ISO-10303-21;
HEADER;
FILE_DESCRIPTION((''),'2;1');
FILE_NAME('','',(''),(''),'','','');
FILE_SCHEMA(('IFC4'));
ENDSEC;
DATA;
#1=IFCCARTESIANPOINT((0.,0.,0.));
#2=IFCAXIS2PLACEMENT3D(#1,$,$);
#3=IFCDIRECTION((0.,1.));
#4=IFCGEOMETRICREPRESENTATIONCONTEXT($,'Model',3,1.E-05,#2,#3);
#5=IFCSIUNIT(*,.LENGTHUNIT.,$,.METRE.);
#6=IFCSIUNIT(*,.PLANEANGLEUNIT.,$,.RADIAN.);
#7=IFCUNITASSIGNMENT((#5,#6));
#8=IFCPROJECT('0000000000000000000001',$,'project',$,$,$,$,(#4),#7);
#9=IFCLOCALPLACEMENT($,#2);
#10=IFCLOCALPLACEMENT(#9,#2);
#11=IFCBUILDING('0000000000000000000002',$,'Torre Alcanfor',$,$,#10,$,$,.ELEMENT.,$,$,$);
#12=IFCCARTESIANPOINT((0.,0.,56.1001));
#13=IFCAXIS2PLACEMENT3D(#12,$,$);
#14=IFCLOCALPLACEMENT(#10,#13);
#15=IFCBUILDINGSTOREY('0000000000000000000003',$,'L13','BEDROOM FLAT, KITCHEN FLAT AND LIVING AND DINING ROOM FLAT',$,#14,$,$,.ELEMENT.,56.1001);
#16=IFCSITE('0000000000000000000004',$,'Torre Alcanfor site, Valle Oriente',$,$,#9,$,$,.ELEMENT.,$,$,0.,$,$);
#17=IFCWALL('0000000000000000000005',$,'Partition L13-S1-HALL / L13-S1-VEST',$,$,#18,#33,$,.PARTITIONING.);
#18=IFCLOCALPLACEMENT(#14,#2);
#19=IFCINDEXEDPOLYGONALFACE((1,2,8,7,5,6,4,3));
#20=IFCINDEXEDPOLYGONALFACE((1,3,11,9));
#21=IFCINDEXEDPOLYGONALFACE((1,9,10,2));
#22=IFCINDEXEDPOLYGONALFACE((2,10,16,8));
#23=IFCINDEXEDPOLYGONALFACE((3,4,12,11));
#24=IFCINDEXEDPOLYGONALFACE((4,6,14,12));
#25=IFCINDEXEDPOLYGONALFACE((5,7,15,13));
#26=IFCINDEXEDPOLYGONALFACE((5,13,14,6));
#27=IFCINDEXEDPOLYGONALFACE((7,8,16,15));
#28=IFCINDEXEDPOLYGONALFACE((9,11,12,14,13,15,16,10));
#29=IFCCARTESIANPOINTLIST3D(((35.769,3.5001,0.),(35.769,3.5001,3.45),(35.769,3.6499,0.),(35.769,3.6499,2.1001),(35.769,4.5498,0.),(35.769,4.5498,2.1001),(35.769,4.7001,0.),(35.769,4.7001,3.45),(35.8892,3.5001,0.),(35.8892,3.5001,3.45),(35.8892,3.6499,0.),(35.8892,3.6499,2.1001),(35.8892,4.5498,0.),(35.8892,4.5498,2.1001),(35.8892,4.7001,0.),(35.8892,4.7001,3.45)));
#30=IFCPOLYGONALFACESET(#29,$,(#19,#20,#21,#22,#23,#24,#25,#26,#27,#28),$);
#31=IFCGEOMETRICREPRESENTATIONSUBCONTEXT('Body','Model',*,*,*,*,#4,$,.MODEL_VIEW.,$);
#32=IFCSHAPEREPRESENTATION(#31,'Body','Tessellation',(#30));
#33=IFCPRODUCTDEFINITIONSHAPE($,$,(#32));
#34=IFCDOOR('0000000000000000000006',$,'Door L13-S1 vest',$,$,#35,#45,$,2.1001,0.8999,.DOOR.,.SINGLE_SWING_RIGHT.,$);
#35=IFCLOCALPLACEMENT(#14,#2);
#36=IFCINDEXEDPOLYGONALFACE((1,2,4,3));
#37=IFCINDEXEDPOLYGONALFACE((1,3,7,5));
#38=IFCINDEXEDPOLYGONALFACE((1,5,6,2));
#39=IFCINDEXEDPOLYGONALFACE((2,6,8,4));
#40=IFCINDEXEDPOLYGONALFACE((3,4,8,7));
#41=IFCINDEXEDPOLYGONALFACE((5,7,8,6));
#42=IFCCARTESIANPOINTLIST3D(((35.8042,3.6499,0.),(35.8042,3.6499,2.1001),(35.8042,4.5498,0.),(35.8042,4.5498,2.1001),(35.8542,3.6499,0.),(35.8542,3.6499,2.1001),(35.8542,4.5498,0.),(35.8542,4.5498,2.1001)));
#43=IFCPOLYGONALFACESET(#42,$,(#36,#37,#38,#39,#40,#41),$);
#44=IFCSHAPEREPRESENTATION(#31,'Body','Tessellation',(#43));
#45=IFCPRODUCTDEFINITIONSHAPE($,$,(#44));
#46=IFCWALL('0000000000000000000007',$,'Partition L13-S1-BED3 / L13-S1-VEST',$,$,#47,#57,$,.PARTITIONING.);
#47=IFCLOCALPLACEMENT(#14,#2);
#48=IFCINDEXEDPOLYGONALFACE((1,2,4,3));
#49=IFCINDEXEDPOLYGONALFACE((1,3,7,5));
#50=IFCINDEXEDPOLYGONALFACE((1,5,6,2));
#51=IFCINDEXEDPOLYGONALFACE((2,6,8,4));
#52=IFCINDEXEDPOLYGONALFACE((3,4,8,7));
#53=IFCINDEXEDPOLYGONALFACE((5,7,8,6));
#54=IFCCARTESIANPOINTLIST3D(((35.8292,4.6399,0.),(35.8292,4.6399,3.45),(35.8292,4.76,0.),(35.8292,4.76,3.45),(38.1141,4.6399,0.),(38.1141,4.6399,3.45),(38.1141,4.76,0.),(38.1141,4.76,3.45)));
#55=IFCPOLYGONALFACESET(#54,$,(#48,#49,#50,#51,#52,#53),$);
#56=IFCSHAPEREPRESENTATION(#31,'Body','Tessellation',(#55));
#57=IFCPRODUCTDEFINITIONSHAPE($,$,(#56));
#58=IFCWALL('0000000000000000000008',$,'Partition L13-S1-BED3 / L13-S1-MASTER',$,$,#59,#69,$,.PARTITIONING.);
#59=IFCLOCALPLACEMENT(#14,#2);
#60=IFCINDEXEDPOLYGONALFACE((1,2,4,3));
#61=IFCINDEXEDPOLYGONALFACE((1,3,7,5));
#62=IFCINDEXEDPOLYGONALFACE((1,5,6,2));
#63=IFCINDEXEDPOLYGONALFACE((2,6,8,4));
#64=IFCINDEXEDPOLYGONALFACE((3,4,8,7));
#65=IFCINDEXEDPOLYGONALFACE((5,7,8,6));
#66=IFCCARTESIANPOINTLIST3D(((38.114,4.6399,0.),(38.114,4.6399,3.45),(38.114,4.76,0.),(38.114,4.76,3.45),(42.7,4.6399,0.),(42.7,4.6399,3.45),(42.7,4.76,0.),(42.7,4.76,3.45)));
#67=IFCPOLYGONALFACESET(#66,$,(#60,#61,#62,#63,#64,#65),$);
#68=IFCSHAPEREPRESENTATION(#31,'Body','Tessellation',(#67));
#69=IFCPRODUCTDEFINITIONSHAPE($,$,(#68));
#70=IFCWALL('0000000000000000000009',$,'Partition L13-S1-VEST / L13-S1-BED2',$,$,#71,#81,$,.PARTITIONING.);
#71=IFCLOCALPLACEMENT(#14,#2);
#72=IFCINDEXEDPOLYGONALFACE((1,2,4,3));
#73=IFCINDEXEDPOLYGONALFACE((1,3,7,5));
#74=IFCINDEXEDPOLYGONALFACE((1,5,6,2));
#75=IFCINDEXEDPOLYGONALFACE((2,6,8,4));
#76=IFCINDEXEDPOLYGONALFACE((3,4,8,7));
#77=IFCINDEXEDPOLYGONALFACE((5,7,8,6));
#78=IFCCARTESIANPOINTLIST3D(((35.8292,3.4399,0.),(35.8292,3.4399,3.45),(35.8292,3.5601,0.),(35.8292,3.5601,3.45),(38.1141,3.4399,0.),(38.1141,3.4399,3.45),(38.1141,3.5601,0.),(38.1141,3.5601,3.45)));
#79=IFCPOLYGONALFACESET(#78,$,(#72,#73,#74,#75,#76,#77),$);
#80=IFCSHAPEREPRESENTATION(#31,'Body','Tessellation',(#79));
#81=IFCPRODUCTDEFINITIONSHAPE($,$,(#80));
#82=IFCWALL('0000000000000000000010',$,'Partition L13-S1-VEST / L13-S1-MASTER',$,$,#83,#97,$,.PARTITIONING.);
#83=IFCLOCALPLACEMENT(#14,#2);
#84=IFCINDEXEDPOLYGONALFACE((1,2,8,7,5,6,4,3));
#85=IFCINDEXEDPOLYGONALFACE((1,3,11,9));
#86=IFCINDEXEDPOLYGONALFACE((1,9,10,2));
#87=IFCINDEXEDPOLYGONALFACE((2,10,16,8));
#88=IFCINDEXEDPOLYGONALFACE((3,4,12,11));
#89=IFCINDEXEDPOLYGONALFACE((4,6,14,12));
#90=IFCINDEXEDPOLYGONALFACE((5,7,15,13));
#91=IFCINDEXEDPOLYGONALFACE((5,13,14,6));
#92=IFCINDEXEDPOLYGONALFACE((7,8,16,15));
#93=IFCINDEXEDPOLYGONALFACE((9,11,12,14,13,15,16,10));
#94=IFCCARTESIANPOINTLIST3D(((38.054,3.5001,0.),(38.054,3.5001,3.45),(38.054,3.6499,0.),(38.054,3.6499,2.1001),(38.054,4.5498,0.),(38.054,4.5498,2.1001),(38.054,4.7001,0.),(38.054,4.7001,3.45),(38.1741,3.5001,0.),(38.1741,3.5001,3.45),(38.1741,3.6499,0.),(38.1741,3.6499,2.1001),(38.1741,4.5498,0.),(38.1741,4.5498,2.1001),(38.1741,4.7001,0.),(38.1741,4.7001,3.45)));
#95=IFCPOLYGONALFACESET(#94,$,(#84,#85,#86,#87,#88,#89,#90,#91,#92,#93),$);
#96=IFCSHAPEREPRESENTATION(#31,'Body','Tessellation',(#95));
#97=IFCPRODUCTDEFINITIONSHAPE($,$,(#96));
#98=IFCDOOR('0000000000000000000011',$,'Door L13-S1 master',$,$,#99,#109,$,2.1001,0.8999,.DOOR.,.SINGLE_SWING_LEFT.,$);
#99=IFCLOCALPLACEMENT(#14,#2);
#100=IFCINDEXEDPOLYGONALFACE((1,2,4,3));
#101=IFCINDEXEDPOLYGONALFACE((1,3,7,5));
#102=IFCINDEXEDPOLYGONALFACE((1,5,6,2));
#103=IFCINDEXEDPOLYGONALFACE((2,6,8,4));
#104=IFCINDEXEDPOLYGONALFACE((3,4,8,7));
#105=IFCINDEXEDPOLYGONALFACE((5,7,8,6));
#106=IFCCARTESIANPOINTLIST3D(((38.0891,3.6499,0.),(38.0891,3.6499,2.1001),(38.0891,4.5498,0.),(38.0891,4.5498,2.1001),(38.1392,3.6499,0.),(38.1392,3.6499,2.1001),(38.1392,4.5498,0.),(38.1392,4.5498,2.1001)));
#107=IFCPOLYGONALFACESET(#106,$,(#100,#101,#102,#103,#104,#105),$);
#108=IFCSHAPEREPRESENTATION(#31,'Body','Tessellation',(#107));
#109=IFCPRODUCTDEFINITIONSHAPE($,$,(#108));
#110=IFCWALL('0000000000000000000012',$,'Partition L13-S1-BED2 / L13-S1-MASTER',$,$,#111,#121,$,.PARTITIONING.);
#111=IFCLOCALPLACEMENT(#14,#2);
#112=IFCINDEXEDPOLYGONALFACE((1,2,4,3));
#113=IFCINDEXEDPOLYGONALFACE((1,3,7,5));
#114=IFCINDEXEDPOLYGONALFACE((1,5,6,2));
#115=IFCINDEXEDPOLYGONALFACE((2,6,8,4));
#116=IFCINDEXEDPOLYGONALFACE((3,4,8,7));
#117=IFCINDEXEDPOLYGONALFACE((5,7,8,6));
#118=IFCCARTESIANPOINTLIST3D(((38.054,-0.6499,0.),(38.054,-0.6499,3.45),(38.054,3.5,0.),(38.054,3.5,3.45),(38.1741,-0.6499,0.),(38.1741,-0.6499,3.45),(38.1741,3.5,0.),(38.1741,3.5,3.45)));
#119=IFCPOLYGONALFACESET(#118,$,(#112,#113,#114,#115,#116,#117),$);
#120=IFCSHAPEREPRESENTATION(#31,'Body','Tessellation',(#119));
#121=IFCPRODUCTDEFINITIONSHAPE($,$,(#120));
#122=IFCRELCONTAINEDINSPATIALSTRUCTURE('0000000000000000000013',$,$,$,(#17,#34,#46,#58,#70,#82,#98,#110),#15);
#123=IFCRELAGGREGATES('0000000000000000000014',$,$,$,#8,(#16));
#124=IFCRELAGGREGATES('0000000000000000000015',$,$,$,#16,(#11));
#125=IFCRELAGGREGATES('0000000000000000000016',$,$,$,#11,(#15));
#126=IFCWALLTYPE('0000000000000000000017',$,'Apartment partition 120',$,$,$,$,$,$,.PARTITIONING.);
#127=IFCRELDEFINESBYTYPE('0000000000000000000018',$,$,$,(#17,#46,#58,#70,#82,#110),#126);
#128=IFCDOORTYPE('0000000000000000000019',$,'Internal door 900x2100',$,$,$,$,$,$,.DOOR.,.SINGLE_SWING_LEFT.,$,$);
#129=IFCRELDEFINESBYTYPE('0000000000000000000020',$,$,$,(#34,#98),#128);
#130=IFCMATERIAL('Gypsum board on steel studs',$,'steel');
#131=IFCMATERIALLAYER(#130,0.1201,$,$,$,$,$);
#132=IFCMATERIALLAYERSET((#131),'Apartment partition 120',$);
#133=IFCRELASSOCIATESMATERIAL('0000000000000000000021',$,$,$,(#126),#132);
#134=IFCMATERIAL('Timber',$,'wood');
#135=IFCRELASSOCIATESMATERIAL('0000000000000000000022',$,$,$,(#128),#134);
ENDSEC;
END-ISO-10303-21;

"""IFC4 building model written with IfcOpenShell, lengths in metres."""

from ifc_helpers import new_model, si_unit, direction, frame, frame_2d, origin, place, context, subcontext, project, spatial, rectangle, extrude, material, layer, layer_set, type_object, element, fill, save


model = new_model("IFC4")

# Units and contexts
model_context = context("Model", 3, precision=1e-05, world=origin(), true_north=direction((0.0, 1.0)))
body_context = subcontext(model_context, "Body", "Model", "MODEL_VIEW")
ifc_project = project(units=[si_unit("LENGTHUNIT", "METRE"), si_unit("PLANEANGLEUNIT", "RADIAN")], contexts=[model_context])

# Site, building, storey
site_placement = place(None, origin())
site = spatial("IfcSite", under=ifc_project, at=site_placement, Name="Torre Alcanfor site, Valle Oriente", CompositionType="ELEMENT", RefElevation=0.0)
building_placement = place(site_placement, origin())
building = spatial("IfcBuilding", under=site, at=building_placement, Name="Torre Alcanfor", CompositionType="ELEMENT")
storey_placement = place(building_placement, frame((0.0, 0.0, 56.1001)))
storey = spatial("IfcBuildingStorey", under=building, at=storey_placement, Name="L13", Description="BEDROOM FLAT, KITCHEN FLAT AND LIVING AND DINING ROOM FLAT", CompositionType="ELEMENT", Elevation=56.1001)

# Shared definitions
ifc_material_1 = material(Name="Gypsum board on steel studs", Category="steel")
ifc_layer_1 = layer(ifc_material_1, 0.1201)
ifc_layer_set_1 = layer_set([ifc_layer_1], Name="Apartment partition 120")
wall_type_1 = type_object("IfcWallType", Name="Apartment partition 120", PredefinedType="PARTITIONING", material=ifc_layer_set_1)

# Wall, opening, door
ifc_material_2 = material(Name="Timber", Category="wood")
door_type = type_object("IfcDoorType", Name="Internal door 900x2100", OperationType="SINGLE_SWING_LEFT", PredefinedType="DOOR", material=ifc_material_2)
wall_1_placement = place(storey_placement, frame((35.8291, 3.5, 0.0), z_axis=(0.0, 0.0, 1.0), x_axis=(0.0, 1.0, 0.0)))
wall_1 = element("IfcWall", 1, at=wall_1_placement, inside=storey, type_object=wall_type_1, Name="Partition L13-S1-HALL / L13-S1-VEST", PredefinedType="PARTITIONING", context=body_context, shape_type="SweptSolid", body=[
    extrude(rectangle(XDim=1.2, YDim=0.1201, at=frame_2d((0.6001, 0.0))), origin(), (0.0, 0.0, 1.0), 3.45),
])
opening_1_placement = place(wall_1_placement, frame((0.1499, 0.0, 0.0)))
opening_1 = element("IfcOpeningElement", 2, at=opening_1_placement, cuts=wall_1, PredefinedType="OPENING", context=body_context, shape_type="SweptSolid", body=[
    extrude(rectangle(XDim=0.8999, YDim=2.1001, at=frame_2d((0.45, 1.05))), frame((0.0, 0.0701, 0.0), z_axis=(0.0, -1.0, 0.0), x_axis=(1.0, 0.0, 0.0)), (0.0, 0.0, 1.0), 0.1401),
])
door_1_placement = place(opening_1_placement, frame((0.8999, 0.0, 0.0), z_axis=(0.0, 0.0, 1.0), x_axis=(-1.0, 0.0, 0.0)))
door_1 = element("IfcDoor", 3, at=door_1_placement, inside=storey, type_object=door_type, Name="Door L13-S1 vest", OperationType="SINGLE_SWING_RIGHT", OverallHeight=2.1001, OverallWidth=0.8999, PredefinedType="DOOR", context=body_context, shape_type="SweptSolid", body=[
    extrude(rectangle(XDim=0.8999, YDim=2.1001, at=frame_2d((0.45, 1.05))), frame((0.0, 0.0251, 0.0), z_axis=(0.0, -1.0, 0.0), x_axis=(1.0, 0.0, 0.0)), (0.0, 0.0, 1.0), 0.05),
])
fill(opening_1, door_1)

# Walls
wall_2_placement = place(storey_placement, frame((35.8291, 4.7, 0.0), z_axis=(0.0, 0.0, 1.0), x_axis=(1.0, 0.0, 0.0)))
element("IfcWall", 4, at=wall_2_placement, inside=storey, type_object=wall_type_1, Name="Partition L13-S1-BED3 / L13-S1-VEST", PredefinedType="PARTITIONING", context=body_context, shape_type="SweptSolid", body=[
    extrude(rectangle(XDim=2.2849, YDim=0.1201, at=frame_2d((1.1426, 0.0))), origin(), (0.0, 0.0, 1.0), 3.45),
])
wall_3_placement = place(storey_placement, frame((38.114, 4.7, 0.0), z_axis=(0.0, 0.0, 1.0), x_axis=(1.0, 0.0, 0.0)))
element("IfcWall", 5, at=wall_3_placement, inside=storey, type_object=wall_type_1, Name="Partition L13-S1-BED3 / L13-S1-MASTER", PredefinedType="PARTITIONING", context=body_context, shape_type="SweptSolid", body=[
    extrude(rectangle(XDim=4.5859, YDim=0.1201, at=frame_2d((2.293, 0.0))), origin(), (0.0, 0.0, 1.0), 3.45),
])
wall_4_placement = place(storey_placement, frame((35.8291, 3.5, 0.0), z_axis=(0.0, 0.0, 1.0), x_axis=(1.0, 0.0, 0.0)))
element("IfcWall", 6, at=wall_4_placement, inside=storey, type_object=wall_type_1, Name="Partition L13-S1-VEST / L13-S1-BED2", PredefinedType="PARTITIONING", context=body_context, shape_type="SweptSolid", body=[
    extrude(rectangle(XDim=2.2849, YDim=0.1201, at=frame_2d((1.1426, 0.0))), origin(), (0.0, 0.0, 1.0), 3.45),
])

# Wall, opening, door
wall_5_placement = place(storey_placement, frame((38.114, 3.5, 0.0), z_axis=(0.0, 0.0, 1.0), x_axis=(0.0, 1.0, 0.0)))
wall_5 = element("IfcWall", 7, at=wall_5_placement, inside=storey, type_object=wall_type_1, Name="Partition L13-S1-VEST / L13-S1-MASTER", PredefinedType="PARTITIONING", context=body_context, shape_type="SweptSolid", body=[
    extrude(rectangle(XDim=1.2, YDim=0.1201, at=frame_2d((0.6001, 0.0))), origin(), (0.0, 0.0, 1.0), 3.45),
])
opening_2_placement = place(wall_5_placement, frame((0.1499, 0.0, 0.0)))
opening_2 = element("IfcOpeningElement", 8, at=opening_2_placement, cuts=wall_5, PredefinedType="OPENING", context=body_context, shape_type="SweptSolid", body=[
    extrude(rectangle(XDim=0.8999, YDim=2.1001, at=frame_2d((0.45, 1.05))), frame((0.0, 0.0701, 0.0), z_axis=(0.0, -1.0, 0.0), x_axis=(1.0, 0.0, 0.0)), (0.0, 0.0, 1.0), 0.1401),
])
door_2_placement = place(opening_2_placement, origin())
door_2 = element("IfcDoor", 9, at=door_2_placement, inside=storey, type_object=door_type, Name="Door L13-S1 master", OperationType="SINGLE_SWING_LEFT", OverallHeight=2.1001, OverallWidth=0.8999, PredefinedType="DOOR", context=body_context, shape_type="SweptSolid", body=[
    extrude(rectangle(XDim=0.8999, YDim=2.1001, at=frame_2d((0.45, 1.05))), frame((0.0, 0.0249, 0.0), z_axis=(0.0, -1.0, 0.0), x_axis=(1.0, 0.0, 0.0)), (0.0, 0.0, 1.0), 0.05),
])
fill(opening_2, door_2)

# Wall
wall_6_placement = place(storey_placement, frame((38.114, -0.6499, 0.0), z_axis=(0.0, 0.0, 1.0), x_axis=(0.0, 1.0, 0.0)))
element("IfcWall", 10, at=wall_6_placement, inside=storey, type_object=wall_type_1, Name="Partition L13-S1-BED2 / L13-S1-MASTER", PredefinedType="PARTITIONING", context=body_context, shape_type="SweptSolid", body=[
    extrude(rectangle(XDim=4.1499, YDim=0.1201, at=frame_2d((2.075, 0.0))), origin(), (0.0, 0.0, 1.0), 3.45),
])

save(model, "model.ifc")
